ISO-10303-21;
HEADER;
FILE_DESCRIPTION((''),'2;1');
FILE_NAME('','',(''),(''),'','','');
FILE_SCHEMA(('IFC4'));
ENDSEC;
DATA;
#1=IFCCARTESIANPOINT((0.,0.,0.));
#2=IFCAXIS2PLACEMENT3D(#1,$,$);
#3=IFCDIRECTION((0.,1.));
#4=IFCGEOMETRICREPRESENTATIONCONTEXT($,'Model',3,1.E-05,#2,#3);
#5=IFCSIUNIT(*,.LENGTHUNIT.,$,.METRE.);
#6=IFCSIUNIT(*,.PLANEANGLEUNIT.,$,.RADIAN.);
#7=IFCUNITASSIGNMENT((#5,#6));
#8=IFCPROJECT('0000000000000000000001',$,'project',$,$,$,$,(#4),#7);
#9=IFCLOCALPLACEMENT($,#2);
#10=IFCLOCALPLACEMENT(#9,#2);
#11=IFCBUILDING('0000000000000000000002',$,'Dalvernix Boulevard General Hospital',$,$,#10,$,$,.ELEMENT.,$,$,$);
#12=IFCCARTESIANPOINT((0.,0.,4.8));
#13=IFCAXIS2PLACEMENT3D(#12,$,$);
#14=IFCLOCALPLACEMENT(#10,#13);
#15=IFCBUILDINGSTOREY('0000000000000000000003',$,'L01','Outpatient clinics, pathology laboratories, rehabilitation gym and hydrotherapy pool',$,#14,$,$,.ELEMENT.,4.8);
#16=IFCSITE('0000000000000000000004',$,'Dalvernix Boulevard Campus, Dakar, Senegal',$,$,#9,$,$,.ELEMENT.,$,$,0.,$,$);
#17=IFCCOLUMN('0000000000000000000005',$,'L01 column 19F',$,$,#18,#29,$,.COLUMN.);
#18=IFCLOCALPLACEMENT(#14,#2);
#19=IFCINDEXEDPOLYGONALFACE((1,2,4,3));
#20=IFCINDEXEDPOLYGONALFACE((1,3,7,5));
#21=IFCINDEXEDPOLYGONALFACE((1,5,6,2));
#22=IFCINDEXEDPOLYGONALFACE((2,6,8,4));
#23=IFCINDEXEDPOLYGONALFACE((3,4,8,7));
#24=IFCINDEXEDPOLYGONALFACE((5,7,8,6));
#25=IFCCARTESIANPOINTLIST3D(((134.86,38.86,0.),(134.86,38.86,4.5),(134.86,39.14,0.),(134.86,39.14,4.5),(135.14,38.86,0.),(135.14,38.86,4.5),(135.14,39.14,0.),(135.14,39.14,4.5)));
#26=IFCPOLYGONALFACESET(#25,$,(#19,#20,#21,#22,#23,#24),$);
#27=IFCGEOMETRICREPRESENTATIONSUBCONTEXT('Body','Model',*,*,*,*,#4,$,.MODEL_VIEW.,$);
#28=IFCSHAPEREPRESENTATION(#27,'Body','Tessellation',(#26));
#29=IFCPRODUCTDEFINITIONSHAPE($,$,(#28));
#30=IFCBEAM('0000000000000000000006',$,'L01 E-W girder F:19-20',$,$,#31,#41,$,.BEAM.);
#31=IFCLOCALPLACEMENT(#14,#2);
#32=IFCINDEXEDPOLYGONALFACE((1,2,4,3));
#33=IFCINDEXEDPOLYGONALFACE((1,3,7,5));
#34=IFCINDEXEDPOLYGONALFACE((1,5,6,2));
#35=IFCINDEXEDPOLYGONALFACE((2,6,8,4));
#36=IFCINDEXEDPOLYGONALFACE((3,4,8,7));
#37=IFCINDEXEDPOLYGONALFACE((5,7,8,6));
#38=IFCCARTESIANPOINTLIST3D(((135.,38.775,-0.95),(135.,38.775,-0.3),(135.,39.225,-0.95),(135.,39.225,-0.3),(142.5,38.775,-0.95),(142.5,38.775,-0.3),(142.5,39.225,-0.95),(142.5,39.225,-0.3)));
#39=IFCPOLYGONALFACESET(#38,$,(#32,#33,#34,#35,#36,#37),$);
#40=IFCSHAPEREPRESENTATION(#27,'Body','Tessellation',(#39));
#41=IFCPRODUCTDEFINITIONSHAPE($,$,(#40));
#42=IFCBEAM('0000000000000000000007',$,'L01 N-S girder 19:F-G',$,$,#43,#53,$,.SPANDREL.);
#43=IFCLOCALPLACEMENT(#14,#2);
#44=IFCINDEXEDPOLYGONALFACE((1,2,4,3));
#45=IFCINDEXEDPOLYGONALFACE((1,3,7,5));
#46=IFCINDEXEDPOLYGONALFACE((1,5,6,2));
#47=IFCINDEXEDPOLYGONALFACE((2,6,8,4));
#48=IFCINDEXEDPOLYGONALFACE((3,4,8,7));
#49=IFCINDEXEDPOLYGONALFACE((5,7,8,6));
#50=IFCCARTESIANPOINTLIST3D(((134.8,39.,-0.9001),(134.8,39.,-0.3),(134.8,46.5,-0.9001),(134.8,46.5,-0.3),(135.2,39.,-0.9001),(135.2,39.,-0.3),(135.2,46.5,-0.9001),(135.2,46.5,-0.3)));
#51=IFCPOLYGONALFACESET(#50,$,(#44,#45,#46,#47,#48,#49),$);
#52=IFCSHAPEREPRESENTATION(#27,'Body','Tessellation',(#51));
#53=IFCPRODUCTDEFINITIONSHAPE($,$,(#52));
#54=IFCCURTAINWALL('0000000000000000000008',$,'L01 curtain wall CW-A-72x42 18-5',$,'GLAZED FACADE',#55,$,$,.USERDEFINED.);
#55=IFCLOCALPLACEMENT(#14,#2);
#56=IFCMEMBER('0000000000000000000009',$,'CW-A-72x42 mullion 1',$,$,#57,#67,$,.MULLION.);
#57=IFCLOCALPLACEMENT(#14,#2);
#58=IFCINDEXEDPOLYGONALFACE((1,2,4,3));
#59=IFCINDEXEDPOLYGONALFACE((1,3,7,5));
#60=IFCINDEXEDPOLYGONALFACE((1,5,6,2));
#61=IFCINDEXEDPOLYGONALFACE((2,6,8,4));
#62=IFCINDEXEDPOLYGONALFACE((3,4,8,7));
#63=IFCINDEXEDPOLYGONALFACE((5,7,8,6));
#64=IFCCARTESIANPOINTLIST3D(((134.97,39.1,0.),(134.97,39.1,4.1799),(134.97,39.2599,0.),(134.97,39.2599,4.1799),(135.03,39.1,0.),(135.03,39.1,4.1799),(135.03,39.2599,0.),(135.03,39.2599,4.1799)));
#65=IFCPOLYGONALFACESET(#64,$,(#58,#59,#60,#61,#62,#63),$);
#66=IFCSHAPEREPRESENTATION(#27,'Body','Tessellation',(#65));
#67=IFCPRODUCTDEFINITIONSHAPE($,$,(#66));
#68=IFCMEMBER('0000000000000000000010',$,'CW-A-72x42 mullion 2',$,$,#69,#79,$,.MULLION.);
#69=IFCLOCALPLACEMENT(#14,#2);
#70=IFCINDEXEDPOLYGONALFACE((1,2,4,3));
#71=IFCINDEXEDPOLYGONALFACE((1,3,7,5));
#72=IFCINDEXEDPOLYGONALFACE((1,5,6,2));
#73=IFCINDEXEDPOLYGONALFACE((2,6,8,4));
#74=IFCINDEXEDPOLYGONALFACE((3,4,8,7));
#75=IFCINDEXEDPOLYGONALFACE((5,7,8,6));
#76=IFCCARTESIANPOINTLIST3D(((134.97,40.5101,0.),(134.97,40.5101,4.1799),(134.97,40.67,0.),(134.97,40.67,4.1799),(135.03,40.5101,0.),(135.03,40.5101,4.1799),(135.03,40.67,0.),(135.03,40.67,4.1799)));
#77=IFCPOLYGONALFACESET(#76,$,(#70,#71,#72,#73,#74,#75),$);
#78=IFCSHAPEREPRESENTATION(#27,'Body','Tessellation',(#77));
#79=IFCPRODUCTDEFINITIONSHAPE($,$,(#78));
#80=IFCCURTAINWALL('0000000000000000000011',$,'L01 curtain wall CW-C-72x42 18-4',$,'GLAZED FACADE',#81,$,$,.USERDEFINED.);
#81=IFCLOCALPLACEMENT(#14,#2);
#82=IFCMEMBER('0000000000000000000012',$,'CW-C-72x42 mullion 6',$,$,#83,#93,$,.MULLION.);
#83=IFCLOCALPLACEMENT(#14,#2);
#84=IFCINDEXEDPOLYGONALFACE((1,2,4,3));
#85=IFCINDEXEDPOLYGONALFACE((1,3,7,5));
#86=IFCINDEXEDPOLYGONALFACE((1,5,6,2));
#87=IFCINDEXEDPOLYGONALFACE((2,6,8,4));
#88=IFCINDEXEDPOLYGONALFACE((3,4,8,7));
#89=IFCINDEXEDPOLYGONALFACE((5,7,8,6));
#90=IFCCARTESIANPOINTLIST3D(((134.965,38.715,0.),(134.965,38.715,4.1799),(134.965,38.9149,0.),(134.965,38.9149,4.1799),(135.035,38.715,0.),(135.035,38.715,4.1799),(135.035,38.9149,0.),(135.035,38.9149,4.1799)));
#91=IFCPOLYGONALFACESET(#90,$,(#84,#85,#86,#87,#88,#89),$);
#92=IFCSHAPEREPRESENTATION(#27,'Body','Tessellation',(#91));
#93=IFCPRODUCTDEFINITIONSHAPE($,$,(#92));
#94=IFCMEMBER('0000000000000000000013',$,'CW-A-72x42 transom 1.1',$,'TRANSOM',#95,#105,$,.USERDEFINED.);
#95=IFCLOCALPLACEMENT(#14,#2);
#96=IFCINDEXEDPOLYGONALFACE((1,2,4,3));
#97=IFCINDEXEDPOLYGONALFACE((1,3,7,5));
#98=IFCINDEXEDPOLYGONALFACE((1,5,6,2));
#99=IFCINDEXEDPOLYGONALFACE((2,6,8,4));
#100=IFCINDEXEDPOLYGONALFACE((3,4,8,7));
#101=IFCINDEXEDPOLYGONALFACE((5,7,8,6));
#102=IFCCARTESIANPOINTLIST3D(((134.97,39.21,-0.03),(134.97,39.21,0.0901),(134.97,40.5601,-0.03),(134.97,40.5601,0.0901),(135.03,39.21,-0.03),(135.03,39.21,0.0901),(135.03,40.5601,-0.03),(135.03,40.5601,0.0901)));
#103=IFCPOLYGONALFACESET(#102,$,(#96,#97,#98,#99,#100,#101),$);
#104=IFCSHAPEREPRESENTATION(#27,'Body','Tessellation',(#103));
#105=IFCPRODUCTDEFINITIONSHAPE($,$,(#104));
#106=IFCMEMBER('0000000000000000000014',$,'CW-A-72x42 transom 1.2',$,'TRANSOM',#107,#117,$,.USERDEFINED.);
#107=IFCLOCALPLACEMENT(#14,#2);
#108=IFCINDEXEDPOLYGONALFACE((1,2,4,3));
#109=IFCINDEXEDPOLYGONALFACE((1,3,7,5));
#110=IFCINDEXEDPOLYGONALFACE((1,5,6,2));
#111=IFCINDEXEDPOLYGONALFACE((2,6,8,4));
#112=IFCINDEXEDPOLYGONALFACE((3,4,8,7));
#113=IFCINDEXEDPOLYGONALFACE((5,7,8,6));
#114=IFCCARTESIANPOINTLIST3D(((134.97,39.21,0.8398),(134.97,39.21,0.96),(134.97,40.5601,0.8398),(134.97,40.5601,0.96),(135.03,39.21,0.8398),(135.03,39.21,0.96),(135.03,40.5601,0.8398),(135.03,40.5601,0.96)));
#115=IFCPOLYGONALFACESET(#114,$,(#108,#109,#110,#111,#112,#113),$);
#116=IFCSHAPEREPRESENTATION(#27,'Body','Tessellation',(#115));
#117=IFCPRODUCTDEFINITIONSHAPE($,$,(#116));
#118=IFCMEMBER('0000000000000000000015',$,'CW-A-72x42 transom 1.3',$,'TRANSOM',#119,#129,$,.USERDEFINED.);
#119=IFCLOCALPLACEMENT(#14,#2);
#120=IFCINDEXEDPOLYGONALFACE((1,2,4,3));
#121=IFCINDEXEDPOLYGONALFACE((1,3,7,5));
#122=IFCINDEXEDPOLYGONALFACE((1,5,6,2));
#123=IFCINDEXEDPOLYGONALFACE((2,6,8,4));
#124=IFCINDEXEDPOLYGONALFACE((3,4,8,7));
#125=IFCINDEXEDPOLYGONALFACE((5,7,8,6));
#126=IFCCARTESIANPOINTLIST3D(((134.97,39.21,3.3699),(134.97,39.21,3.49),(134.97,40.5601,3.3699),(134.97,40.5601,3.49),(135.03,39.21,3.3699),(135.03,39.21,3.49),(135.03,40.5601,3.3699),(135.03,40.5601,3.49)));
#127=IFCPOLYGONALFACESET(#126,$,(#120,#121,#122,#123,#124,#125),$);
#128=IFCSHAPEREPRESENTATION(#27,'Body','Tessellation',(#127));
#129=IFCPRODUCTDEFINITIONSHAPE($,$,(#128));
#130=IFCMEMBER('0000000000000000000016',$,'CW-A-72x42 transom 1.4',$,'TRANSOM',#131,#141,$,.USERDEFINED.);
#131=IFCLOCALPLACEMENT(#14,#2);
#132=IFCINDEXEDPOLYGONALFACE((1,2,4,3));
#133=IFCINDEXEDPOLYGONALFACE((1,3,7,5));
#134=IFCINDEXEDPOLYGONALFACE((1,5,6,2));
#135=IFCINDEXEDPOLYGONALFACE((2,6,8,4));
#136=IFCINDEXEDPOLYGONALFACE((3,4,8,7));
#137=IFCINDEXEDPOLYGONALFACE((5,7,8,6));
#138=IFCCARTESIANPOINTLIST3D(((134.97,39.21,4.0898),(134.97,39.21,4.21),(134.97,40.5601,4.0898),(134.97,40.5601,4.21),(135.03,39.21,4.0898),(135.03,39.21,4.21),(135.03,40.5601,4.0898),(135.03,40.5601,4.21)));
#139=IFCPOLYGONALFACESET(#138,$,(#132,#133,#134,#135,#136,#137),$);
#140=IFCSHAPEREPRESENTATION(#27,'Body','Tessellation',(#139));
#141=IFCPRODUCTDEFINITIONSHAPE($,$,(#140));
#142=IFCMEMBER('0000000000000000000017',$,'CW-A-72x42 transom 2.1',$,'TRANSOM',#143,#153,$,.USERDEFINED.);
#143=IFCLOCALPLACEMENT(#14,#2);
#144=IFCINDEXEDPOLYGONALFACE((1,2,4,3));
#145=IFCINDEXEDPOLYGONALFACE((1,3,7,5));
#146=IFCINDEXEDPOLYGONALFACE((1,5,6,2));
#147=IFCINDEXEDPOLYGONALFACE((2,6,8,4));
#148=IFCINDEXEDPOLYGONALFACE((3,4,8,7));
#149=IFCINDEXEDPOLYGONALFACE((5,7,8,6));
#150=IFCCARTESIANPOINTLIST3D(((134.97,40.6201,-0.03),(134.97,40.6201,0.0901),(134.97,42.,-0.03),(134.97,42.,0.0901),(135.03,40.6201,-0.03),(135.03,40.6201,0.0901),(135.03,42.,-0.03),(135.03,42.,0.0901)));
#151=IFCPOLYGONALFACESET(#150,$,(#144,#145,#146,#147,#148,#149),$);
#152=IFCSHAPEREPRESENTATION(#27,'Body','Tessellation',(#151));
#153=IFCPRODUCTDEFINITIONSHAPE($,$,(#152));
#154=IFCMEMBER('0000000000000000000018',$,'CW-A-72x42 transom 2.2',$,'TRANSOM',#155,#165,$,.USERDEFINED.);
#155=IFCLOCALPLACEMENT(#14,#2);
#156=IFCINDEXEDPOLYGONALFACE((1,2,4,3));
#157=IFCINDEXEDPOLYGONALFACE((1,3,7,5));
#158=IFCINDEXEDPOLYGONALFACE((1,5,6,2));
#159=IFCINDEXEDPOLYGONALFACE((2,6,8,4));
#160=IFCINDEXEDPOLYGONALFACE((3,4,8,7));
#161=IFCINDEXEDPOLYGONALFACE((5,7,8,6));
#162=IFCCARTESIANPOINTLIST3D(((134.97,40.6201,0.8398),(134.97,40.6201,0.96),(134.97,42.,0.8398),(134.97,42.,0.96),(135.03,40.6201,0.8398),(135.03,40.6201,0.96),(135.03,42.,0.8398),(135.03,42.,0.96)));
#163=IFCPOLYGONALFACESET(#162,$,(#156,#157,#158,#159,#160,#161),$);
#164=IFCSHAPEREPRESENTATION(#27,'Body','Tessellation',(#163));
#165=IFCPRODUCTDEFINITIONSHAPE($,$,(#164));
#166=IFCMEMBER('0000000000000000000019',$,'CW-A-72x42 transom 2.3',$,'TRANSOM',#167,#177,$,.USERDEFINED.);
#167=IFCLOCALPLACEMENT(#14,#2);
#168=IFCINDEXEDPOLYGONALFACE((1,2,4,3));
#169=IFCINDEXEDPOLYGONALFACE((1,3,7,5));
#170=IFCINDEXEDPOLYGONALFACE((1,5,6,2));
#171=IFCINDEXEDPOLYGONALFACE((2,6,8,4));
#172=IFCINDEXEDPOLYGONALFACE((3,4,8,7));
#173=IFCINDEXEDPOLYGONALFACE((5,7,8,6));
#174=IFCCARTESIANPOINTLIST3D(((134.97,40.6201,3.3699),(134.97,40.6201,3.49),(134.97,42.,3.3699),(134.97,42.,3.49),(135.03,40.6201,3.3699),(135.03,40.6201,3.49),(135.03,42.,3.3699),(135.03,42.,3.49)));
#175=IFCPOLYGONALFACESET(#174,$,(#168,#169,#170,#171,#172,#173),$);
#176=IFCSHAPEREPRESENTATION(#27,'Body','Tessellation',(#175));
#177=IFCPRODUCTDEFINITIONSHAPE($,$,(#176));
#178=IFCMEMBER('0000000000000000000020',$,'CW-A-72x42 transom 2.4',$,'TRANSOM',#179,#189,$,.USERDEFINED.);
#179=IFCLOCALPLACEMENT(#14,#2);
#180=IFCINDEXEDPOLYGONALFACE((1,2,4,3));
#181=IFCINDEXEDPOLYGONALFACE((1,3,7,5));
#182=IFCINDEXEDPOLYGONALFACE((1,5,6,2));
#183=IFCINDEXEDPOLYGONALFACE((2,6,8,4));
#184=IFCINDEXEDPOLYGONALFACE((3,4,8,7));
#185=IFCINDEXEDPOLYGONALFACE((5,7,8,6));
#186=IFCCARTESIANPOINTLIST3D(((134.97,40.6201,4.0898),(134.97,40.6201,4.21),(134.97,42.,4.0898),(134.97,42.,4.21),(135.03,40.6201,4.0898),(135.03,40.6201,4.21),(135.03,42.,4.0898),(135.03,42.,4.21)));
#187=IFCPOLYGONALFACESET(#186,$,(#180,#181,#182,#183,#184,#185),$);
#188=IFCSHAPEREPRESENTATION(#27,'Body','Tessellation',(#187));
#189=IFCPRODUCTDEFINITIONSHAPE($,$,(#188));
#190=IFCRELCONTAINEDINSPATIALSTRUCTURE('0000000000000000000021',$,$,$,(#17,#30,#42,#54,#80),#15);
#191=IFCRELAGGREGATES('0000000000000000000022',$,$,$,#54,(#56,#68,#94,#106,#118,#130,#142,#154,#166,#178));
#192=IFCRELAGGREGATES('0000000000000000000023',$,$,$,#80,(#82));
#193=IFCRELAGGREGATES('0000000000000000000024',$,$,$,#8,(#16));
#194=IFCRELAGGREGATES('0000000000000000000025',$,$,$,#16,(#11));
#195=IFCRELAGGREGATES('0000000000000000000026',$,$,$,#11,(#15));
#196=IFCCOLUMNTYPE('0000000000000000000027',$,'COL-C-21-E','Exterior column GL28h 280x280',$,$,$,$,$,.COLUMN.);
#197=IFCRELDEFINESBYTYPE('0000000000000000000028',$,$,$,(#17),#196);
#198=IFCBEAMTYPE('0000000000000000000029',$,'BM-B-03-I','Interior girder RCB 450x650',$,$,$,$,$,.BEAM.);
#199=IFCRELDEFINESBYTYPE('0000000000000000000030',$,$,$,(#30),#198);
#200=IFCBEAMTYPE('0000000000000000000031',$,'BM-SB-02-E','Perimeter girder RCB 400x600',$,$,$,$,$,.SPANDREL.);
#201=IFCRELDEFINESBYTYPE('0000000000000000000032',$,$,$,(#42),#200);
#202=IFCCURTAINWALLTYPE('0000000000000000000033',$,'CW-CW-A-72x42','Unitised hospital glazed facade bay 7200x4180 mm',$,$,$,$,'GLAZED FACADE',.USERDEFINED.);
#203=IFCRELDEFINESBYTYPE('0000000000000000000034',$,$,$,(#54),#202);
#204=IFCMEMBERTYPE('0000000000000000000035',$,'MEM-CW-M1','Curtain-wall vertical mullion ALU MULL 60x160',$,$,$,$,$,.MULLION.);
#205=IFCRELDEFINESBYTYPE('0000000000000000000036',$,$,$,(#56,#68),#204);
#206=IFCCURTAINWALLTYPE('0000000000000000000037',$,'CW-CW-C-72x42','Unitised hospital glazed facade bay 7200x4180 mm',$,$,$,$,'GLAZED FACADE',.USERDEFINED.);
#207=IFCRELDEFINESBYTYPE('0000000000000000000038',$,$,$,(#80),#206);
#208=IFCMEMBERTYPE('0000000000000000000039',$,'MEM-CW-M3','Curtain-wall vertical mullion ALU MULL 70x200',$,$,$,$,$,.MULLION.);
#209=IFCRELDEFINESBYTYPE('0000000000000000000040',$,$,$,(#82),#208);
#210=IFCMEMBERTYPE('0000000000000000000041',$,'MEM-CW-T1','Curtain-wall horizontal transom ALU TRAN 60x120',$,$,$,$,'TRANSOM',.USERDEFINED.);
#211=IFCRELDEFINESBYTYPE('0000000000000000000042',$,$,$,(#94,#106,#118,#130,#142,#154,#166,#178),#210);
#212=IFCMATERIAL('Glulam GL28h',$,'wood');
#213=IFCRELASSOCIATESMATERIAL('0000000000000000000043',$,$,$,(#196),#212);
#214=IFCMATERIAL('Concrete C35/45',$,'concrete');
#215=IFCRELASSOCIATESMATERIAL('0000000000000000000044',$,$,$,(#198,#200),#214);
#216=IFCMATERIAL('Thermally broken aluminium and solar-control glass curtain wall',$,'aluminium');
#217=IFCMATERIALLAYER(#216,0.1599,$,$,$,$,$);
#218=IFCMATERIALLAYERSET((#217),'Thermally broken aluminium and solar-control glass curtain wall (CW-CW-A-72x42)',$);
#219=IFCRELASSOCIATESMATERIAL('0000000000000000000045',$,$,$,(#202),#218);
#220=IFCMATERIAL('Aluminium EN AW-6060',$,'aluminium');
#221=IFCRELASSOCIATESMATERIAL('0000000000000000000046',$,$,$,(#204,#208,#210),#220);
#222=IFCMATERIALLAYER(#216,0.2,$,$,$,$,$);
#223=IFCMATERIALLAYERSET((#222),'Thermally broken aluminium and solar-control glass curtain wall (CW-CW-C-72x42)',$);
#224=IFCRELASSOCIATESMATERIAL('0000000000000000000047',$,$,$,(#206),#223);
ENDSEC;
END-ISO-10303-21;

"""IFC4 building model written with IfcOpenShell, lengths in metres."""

from ifc_helpers import new_model, si_unit, direction, frame, origin, origin_2d, place, context, subcontext, project, spatial, rectangle, extrude, material, layer, layer_set, material_profile, profile_set, type_object, element, aggregate, save


model = new_model("IFC4")

# Units and contexts
model_context = context("Model", 3, precision=1e-05, world=origin(), true_north=direction((0.0, 1.0)))
body_context = subcontext(model_context, "Body", "Model", "MODEL_VIEW")
ifc_project = project(units=[si_unit("LENGTHUNIT", "METRE"), si_unit("PLANEANGLEUNIT", "RADIAN")], contexts=[model_context])

# Site, building, storey
site_placement = place(None, origin())
site = spatial("IfcSite", under=ifc_project, at=site_placement, Name="Dalvernix Boulevard Campus, Dakar, Senegal", CompositionType="ELEMENT", RefElevation=0.0)
building_placement = place(site_placement, origin())
building = spatial("IfcBuilding", under=site, at=building_placement, Name="Dalvernix Boulevard General Hospital", CompositionType="ELEMENT")
storey_placement = place(building_placement, frame((0.0, 0.0, 4.8)))
storey = spatial("IfcBuildingStorey", under=building, at=storey_placement, Name="L01", Description="Outpatient clinics, pathology laboratories, rehabilitation gym and hydrotherapy pool", CompositionType="ELEMENT", Elevation=4.8)

# Column
ifc_material_1 = material(Name="Glulam GL28h", Category="wood")
ifc_material_profile_1 = material_profile(ifc_material_1, rectangle(XDim=0.28, YDim=0.28, at=origin_2d()), Name="GL28h 280x280")
ifc_profile_set_1 = profile_set([ifc_material_profile_1], Name="Glulam GL28h")
column_type = type_object("IfcColumnType", Name="COL-C-21-E", Description="Exterior column GL28h 280x280", PredefinedType="COLUMN", material=ifc_profile_set_1)
column_placement = place(storey_placement, frame((135.0, 39.0, 0.0), z_axis=(0.0, 0.0, 1.0), x_axis=(1.0, 0.0, 0.0)))
element("IfcColumn", 1, at=column_placement, inside=storey, type_object=column_type, Name="L01 column 19F", PredefinedType="COLUMN", context=body_context, shape_type="SweptSolid", body=[
    extrude(rectangle(XDim=0.28, YDim=0.28, at=origin_2d()), origin(), (0.0, 0.0, 1.0), 4.5),
])

# Beams
ifc_material_2 = material(Name="Concrete C35/45", Category="concrete")
ifc_material_profile_2 = material_profile(ifc_material_2, rectangle(XDim=0.45, YDim=0.6499, at=origin_2d()), Name="RCB 450x650")
ifc_profile_set_2 = profile_set([ifc_material_profile_2], Name="Concrete C35/45")
beam_type_1 = type_object("IfcBeamType", Name="BM-B-03-I", Description="Interior girder RCB 450x650", PredefinedType="BEAM", material=ifc_profile_set_2)
beam_1_placement = place(storey_placement, frame((135.0, 39.0, -0.625), z_axis=(1.0, 0.0, 0.0), x_axis=(0.0, 1.0, 0.0)))
element("IfcBeam", 2, at=beam_1_placement, inside=storey, type_object=beam_type_1, Name="L01 E-W girder F:19-20", PredefinedType="BEAM", context=body_context, shape_type="SweptSolid", body=[
    extrude(rectangle(XDim=0.45, YDim=0.6499, at=origin_2d()), origin(), (0.0, 0.0, 1.0), 7.5),
])
ifc_material_profile_3 = material_profile(ifc_material_2, rectangle(XDim=0.3999, YDim=0.6001, at=origin_2d()), Name="RCB 400x600")
ifc_profile_set_3 = profile_set([ifc_material_profile_3], Name="Concrete C35/45")
beam_type_2 = type_object("IfcBeamType", Name="BM-SB-02-E", Description="Perimeter girder RCB 400x600", PredefinedType="SPANDREL", material=ifc_profile_set_3)
beam_2_placement = place(storey_placement, frame((135.0, 39.0, -0.6001), z_axis=(0.0, 1.0, 0.0), x_axis=(-1.0, 0.0, 0.0)))
element("IfcBeam", 3, at=beam_2_placement, inside=storey, type_object=beam_type_2, Name="L01 N-S girder 19:F-G", PredefinedType="SPANDREL", context=body_context, shape_type="SweptSolid", body=[
    extrude(rectangle(XDim=0.3999, YDim=0.6001, at=origin_2d()), origin(), (0.0, 0.0, 1.0), 7.5),
])

# Curtain wall, members
ifc_material_3 = material(Name="Thermally broken aluminium and solar-control glass curtain wall", Category="aluminium")
ifc_layer_1 = layer(ifc_material_3, 0.1599)
ifc_layer_set_1 = layer_set([ifc_layer_1], Name="Thermally broken aluminium and solar-control glass curtain wall (CW-CW-A-72x42)")
curtain_wall_type_1 = type_object("IfcCurtainWallType", Name="CW-CW-A-72x42", Description="Unitised hospital glazed facade bay 7200x4180 mm", ElementType="GLAZED FACADE", PredefinedType="USERDEFINED", material=ifc_layer_set_1)
curtain_wall_1_placement = place(storey_placement, origin())
curtain_wall_1 = element("IfcCurtainWall", 4, at=curtain_wall_1_placement, inside=storey, type_object=curtain_wall_type_1, Name="L01 curtain wall CW-A-72x42 18-5", ObjectType="GLAZED FACADE", PredefinedType="USERDEFINED")
ifc_material_4 = material(Name="Aluminium EN AW-6060", Category="aluminium")
ifc_material_profile_4 = material_profile(ifc_material_4, rectangle(XDim=0.0601, YDim=0.1599, at=origin_2d()), Name="ALU MULL 60x160")
ifc_profile_set_4 = profile_set([ifc_material_profile_4], Name="Aluminium EN AW-6060")
member_type_1 = type_object("IfcMemberType", Name="MEM-CW-M1", Description="Curtain-wall vertical mullion ALU MULL 60x160", PredefinedType="MULLION", material=ifc_profile_set_4)
member_1_placement = place(storey_placement, frame((135.0, 39.1799, 0.0), z_axis=(0.0, 0.0, 1.0), x_axis=(-1.0, 0.0, 0.0)))
member_1 = element("IfcMember", 5, at=member_1_placement, type_object=member_type_1, Name="CW-A-72x42 mullion 1", PredefinedType="MULLION", context=body_context, shape_type="SweptSolid", body=[
    extrude(rectangle(XDim=0.0601, YDim=0.1599, at=origin_2d()), origin(), (0.0, 0.0, 1.0), 4.1799),
])
member_2_placement = place(storey_placement, frame((135.0, 40.5901, 0.0), z_axis=(0.0, 0.0, 1.0), x_axis=(-1.0, 0.0, 0.0)))
member_2 = element("IfcMember", 6, at=member_2_placement, type_object=member_type_1, Name="CW-A-72x42 mullion 2", PredefinedType="MULLION", context=body_context, shape_type="SweptSolid", body=[
    extrude(rectangle(XDim=0.0601, YDim=0.1599, at=origin_2d()), origin(), (0.0, 0.0, 1.0), 4.1799),
])

# Curtain wall, member
ifc_layer_2 = layer(ifc_material_3, 0.2)
ifc_layer_set_2 = layer_set([ifc_layer_2], Name="Thermally broken aluminium and solar-control glass curtain wall (CW-CW-C-72x42)")
curtain_wall_type_2 = type_object("IfcCurtainWallType", Name="CW-CW-C-72x42", Description="Unitised hospital glazed facade bay 7200x4180 mm", ElementType="GLAZED FACADE", PredefinedType="USERDEFINED", material=ifc_layer_set_2)
curtain_wall_2_placement = place(storey_placement, origin())
curtain_wall_2 = element("IfcCurtainWall", 7, at=curtain_wall_2_placement, inside=storey, type_object=curtain_wall_type_2, Name="L01 curtain wall CW-C-72x42 18-4", ObjectType="GLAZED FACADE", PredefinedType="USERDEFINED")
ifc_material_profile_5 = material_profile(ifc_material_4, rectangle(XDim=0.0701, YDim=0.2, at=origin_2d()), Name="ALU MULL 70x200")
ifc_profile_set_5 = profile_set([ifc_material_profile_5], Name="Aluminium EN AW-6060")
member_type_2 = type_object("IfcMemberType", Name="MEM-CW-M3", Description="Curtain-wall vertical mullion ALU MULL 70x200", PredefinedType="MULLION", material=ifc_profile_set_5)
member_3_placement = place(storey_placement, frame((135.0, 38.8149, 0.0), z_axis=(0.0, 0.0, 1.0), x_axis=(-1.0, 0.0, 0.0)))
member_3 = element("IfcMember", 8, at=member_3_placement, type_object=member_type_2, Name="CW-C-72x42 mullion 6", PredefinedType="MULLION", context=body_context, shape_type="SweptSolid", body=[
    extrude(rectangle(XDim=0.0701, YDim=0.2, at=origin_2d()), origin(), (0.0, 0.0, 1.0), 4.1799),
])

# Members
ifc_material_profile_6 = material_profile(ifc_material_4, rectangle(XDim=0.0601, YDim=0.1201, at=origin_2d()), Name="ALU TRAN 60x120")
ifc_profile_set_6 = profile_set([ifc_material_profile_6], Name="Aluminium EN AW-6060")
member_type_3 = type_object("IfcMemberType", Name="MEM-CW-T1", Description="Curtain-wall horizontal transom ALU TRAN 60x120", ElementType="TRANSOM", PredefinedType="USERDEFINED", material=ifc_profile_set_6)
member_4_placement = place(storey_placement, frame((135.0, 39.21, 0.03), z_axis=(0.0, 1.0, 0.0), x_axis=(-1.0, 0.0, 0.0)))
member_4 = element("IfcMember", 9, at=member_4_placement, type_object=member_type_3, Name="CW-A-72x42 transom 1.1", ObjectType="TRANSOM", PredefinedType="USERDEFINED", context=body_context, shape_type="SweptSolid", body=[
    extrude(rectangle(XDim=0.0601, YDim=0.1201, at=origin_2d()), origin(), (0.0, 0.0, 1.0), 1.3501),
])
member_5_placement = place(storey_placement, frame((135.0, 39.21, 0.8999), z_axis=(0.0, 1.0, 0.0), x_axis=(-1.0, 0.0, 0.0)))
member_5 = element("IfcMember", 10, at=member_5_placement, type_object=member_type_3, Name="CW-A-72x42 transom 1.2", ObjectType="TRANSOM", PredefinedType="USERDEFINED", context=body_context, shape_type="SweptSolid", body=[
    extrude(rectangle(XDim=0.0601, YDim=0.1201, at=origin_2d()), origin(), (0.0, 0.0, 1.0), 1.3501),
])
member_6_placement = place(storey_placement, frame((135.0, 39.21, 3.4299), z_axis=(0.0, 1.0, 0.0), x_axis=(-1.0, 0.0, 0.0)))
member_6 = element("IfcMember", 11, at=member_6_placement, type_object=member_type_3, Name="CW-A-72x42 transom 1.3", ObjectType="TRANSOM", PredefinedType="USERDEFINED", context=body_context, shape_type="SweptSolid", body=[
    extrude(rectangle(XDim=0.0601, YDim=0.1201, at=origin_2d()), origin(), (0.0, 0.0, 1.0), 1.3501),
])
member_7_placement = place(storey_placement, frame((135.0, 39.21, 4.1499), z_axis=(0.0, 1.0, 0.0), x_axis=(-1.0, 0.0, 0.0)))
member_7 = element("IfcMember", 12, at=member_7_placement, type_object=member_type_3, Name="CW-A-72x42 transom 1.4", ObjectType="TRANSOM", PredefinedType="USERDEFINED", context=body_context, shape_type="SweptSolid", body=[
    extrude(rectangle(XDim=0.0601, YDim=0.1201, at=origin_2d()), origin(), (0.0, 0.0, 1.0), 1.3501),
])
member_8_placement = place(storey_placement, frame((135.0, 40.6201, 0.03), z_axis=(0.0, 1.0, 0.0), x_axis=(-1.0, 0.0, 0.0)))
member_8 = element("IfcMember", 13, at=member_8_placement, type_object=member_type_3, Name="CW-A-72x42 transom 2.1", ObjectType="TRANSOM", PredefinedType="USERDEFINED", context=body_context, shape_type="SweptSolid", body=[
    extrude(rectangle(XDim=0.0601, YDim=0.1201, at=origin_2d()), origin(), (0.0, 0.0, 1.0), 1.3799),
])
member_9_placement = place(storey_placement, frame((135.0, 40.6201, 0.8999), z_axis=(0.0, 1.0, 0.0), x_axis=(-1.0, 0.0, 0.0)))
member_9 = element("IfcMember", 14, at=member_9_placement, type_object=member_type_3, Name="CW-A-72x42 transom 2.2", ObjectType="TRANSOM", PredefinedType="USERDEFINED", context=body_context, shape_type="SweptSolid", body=[
    extrude(rectangle(XDim=0.0601, YDim=0.1201, at=origin_2d()), origin(), (0.0, 0.0, 1.0), 1.3799),
])
member_10_placement = place(storey_placement, frame((135.0, 40.6201, 3.4299), z_axis=(0.0, 1.0, 0.0), x_axis=(-1.0, 0.0, 0.0)))
member_10 = element("IfcMember", 15, at=member_10_placement, type_object=member_type_3, Name="CW-A-72x42 transom 2.3", ObjectType="TRANSOM", PredefinedType="USERDEFINED", context=body_context, shape_type="SweptSolid", body=[
    extrude(rectangle(XDim=0.0601, YDim=0.1201, at=origin_2d()), origin(), (0.0, 0.0, 1.0), 1.3799),
])
member_11_placement = place(storey_placement, frame((135.0, 40.6201, 4.1499), z_axis=(0.0, 1.0, 0.0), x_axis=(-1.0, 0.0, 0.0)))
member_11 = element("IfcMember", 16, at=member_11_placement, type_object=member_type_3, Name="CW-A-72x42 transom 2.4", ObjectType="TRANSOM", PredefinedType="USERDEFINED", context=body_context, shape_type="SweptSolid", body=[
    extrude(rectangle(XDim=0.0601, YDim=0.1201, at=origin_2d()), origin(), (0.0, 0.0, 1.0), 1.3799),
])

aggregate(curtain_wall_1, [member_1, member_2, member_4, member_5, member_6, member_7, member_8, member_9, member_10, member_11])
aggregate(curtain_wall_2, [member_3])

save(model, "model.ifc")
